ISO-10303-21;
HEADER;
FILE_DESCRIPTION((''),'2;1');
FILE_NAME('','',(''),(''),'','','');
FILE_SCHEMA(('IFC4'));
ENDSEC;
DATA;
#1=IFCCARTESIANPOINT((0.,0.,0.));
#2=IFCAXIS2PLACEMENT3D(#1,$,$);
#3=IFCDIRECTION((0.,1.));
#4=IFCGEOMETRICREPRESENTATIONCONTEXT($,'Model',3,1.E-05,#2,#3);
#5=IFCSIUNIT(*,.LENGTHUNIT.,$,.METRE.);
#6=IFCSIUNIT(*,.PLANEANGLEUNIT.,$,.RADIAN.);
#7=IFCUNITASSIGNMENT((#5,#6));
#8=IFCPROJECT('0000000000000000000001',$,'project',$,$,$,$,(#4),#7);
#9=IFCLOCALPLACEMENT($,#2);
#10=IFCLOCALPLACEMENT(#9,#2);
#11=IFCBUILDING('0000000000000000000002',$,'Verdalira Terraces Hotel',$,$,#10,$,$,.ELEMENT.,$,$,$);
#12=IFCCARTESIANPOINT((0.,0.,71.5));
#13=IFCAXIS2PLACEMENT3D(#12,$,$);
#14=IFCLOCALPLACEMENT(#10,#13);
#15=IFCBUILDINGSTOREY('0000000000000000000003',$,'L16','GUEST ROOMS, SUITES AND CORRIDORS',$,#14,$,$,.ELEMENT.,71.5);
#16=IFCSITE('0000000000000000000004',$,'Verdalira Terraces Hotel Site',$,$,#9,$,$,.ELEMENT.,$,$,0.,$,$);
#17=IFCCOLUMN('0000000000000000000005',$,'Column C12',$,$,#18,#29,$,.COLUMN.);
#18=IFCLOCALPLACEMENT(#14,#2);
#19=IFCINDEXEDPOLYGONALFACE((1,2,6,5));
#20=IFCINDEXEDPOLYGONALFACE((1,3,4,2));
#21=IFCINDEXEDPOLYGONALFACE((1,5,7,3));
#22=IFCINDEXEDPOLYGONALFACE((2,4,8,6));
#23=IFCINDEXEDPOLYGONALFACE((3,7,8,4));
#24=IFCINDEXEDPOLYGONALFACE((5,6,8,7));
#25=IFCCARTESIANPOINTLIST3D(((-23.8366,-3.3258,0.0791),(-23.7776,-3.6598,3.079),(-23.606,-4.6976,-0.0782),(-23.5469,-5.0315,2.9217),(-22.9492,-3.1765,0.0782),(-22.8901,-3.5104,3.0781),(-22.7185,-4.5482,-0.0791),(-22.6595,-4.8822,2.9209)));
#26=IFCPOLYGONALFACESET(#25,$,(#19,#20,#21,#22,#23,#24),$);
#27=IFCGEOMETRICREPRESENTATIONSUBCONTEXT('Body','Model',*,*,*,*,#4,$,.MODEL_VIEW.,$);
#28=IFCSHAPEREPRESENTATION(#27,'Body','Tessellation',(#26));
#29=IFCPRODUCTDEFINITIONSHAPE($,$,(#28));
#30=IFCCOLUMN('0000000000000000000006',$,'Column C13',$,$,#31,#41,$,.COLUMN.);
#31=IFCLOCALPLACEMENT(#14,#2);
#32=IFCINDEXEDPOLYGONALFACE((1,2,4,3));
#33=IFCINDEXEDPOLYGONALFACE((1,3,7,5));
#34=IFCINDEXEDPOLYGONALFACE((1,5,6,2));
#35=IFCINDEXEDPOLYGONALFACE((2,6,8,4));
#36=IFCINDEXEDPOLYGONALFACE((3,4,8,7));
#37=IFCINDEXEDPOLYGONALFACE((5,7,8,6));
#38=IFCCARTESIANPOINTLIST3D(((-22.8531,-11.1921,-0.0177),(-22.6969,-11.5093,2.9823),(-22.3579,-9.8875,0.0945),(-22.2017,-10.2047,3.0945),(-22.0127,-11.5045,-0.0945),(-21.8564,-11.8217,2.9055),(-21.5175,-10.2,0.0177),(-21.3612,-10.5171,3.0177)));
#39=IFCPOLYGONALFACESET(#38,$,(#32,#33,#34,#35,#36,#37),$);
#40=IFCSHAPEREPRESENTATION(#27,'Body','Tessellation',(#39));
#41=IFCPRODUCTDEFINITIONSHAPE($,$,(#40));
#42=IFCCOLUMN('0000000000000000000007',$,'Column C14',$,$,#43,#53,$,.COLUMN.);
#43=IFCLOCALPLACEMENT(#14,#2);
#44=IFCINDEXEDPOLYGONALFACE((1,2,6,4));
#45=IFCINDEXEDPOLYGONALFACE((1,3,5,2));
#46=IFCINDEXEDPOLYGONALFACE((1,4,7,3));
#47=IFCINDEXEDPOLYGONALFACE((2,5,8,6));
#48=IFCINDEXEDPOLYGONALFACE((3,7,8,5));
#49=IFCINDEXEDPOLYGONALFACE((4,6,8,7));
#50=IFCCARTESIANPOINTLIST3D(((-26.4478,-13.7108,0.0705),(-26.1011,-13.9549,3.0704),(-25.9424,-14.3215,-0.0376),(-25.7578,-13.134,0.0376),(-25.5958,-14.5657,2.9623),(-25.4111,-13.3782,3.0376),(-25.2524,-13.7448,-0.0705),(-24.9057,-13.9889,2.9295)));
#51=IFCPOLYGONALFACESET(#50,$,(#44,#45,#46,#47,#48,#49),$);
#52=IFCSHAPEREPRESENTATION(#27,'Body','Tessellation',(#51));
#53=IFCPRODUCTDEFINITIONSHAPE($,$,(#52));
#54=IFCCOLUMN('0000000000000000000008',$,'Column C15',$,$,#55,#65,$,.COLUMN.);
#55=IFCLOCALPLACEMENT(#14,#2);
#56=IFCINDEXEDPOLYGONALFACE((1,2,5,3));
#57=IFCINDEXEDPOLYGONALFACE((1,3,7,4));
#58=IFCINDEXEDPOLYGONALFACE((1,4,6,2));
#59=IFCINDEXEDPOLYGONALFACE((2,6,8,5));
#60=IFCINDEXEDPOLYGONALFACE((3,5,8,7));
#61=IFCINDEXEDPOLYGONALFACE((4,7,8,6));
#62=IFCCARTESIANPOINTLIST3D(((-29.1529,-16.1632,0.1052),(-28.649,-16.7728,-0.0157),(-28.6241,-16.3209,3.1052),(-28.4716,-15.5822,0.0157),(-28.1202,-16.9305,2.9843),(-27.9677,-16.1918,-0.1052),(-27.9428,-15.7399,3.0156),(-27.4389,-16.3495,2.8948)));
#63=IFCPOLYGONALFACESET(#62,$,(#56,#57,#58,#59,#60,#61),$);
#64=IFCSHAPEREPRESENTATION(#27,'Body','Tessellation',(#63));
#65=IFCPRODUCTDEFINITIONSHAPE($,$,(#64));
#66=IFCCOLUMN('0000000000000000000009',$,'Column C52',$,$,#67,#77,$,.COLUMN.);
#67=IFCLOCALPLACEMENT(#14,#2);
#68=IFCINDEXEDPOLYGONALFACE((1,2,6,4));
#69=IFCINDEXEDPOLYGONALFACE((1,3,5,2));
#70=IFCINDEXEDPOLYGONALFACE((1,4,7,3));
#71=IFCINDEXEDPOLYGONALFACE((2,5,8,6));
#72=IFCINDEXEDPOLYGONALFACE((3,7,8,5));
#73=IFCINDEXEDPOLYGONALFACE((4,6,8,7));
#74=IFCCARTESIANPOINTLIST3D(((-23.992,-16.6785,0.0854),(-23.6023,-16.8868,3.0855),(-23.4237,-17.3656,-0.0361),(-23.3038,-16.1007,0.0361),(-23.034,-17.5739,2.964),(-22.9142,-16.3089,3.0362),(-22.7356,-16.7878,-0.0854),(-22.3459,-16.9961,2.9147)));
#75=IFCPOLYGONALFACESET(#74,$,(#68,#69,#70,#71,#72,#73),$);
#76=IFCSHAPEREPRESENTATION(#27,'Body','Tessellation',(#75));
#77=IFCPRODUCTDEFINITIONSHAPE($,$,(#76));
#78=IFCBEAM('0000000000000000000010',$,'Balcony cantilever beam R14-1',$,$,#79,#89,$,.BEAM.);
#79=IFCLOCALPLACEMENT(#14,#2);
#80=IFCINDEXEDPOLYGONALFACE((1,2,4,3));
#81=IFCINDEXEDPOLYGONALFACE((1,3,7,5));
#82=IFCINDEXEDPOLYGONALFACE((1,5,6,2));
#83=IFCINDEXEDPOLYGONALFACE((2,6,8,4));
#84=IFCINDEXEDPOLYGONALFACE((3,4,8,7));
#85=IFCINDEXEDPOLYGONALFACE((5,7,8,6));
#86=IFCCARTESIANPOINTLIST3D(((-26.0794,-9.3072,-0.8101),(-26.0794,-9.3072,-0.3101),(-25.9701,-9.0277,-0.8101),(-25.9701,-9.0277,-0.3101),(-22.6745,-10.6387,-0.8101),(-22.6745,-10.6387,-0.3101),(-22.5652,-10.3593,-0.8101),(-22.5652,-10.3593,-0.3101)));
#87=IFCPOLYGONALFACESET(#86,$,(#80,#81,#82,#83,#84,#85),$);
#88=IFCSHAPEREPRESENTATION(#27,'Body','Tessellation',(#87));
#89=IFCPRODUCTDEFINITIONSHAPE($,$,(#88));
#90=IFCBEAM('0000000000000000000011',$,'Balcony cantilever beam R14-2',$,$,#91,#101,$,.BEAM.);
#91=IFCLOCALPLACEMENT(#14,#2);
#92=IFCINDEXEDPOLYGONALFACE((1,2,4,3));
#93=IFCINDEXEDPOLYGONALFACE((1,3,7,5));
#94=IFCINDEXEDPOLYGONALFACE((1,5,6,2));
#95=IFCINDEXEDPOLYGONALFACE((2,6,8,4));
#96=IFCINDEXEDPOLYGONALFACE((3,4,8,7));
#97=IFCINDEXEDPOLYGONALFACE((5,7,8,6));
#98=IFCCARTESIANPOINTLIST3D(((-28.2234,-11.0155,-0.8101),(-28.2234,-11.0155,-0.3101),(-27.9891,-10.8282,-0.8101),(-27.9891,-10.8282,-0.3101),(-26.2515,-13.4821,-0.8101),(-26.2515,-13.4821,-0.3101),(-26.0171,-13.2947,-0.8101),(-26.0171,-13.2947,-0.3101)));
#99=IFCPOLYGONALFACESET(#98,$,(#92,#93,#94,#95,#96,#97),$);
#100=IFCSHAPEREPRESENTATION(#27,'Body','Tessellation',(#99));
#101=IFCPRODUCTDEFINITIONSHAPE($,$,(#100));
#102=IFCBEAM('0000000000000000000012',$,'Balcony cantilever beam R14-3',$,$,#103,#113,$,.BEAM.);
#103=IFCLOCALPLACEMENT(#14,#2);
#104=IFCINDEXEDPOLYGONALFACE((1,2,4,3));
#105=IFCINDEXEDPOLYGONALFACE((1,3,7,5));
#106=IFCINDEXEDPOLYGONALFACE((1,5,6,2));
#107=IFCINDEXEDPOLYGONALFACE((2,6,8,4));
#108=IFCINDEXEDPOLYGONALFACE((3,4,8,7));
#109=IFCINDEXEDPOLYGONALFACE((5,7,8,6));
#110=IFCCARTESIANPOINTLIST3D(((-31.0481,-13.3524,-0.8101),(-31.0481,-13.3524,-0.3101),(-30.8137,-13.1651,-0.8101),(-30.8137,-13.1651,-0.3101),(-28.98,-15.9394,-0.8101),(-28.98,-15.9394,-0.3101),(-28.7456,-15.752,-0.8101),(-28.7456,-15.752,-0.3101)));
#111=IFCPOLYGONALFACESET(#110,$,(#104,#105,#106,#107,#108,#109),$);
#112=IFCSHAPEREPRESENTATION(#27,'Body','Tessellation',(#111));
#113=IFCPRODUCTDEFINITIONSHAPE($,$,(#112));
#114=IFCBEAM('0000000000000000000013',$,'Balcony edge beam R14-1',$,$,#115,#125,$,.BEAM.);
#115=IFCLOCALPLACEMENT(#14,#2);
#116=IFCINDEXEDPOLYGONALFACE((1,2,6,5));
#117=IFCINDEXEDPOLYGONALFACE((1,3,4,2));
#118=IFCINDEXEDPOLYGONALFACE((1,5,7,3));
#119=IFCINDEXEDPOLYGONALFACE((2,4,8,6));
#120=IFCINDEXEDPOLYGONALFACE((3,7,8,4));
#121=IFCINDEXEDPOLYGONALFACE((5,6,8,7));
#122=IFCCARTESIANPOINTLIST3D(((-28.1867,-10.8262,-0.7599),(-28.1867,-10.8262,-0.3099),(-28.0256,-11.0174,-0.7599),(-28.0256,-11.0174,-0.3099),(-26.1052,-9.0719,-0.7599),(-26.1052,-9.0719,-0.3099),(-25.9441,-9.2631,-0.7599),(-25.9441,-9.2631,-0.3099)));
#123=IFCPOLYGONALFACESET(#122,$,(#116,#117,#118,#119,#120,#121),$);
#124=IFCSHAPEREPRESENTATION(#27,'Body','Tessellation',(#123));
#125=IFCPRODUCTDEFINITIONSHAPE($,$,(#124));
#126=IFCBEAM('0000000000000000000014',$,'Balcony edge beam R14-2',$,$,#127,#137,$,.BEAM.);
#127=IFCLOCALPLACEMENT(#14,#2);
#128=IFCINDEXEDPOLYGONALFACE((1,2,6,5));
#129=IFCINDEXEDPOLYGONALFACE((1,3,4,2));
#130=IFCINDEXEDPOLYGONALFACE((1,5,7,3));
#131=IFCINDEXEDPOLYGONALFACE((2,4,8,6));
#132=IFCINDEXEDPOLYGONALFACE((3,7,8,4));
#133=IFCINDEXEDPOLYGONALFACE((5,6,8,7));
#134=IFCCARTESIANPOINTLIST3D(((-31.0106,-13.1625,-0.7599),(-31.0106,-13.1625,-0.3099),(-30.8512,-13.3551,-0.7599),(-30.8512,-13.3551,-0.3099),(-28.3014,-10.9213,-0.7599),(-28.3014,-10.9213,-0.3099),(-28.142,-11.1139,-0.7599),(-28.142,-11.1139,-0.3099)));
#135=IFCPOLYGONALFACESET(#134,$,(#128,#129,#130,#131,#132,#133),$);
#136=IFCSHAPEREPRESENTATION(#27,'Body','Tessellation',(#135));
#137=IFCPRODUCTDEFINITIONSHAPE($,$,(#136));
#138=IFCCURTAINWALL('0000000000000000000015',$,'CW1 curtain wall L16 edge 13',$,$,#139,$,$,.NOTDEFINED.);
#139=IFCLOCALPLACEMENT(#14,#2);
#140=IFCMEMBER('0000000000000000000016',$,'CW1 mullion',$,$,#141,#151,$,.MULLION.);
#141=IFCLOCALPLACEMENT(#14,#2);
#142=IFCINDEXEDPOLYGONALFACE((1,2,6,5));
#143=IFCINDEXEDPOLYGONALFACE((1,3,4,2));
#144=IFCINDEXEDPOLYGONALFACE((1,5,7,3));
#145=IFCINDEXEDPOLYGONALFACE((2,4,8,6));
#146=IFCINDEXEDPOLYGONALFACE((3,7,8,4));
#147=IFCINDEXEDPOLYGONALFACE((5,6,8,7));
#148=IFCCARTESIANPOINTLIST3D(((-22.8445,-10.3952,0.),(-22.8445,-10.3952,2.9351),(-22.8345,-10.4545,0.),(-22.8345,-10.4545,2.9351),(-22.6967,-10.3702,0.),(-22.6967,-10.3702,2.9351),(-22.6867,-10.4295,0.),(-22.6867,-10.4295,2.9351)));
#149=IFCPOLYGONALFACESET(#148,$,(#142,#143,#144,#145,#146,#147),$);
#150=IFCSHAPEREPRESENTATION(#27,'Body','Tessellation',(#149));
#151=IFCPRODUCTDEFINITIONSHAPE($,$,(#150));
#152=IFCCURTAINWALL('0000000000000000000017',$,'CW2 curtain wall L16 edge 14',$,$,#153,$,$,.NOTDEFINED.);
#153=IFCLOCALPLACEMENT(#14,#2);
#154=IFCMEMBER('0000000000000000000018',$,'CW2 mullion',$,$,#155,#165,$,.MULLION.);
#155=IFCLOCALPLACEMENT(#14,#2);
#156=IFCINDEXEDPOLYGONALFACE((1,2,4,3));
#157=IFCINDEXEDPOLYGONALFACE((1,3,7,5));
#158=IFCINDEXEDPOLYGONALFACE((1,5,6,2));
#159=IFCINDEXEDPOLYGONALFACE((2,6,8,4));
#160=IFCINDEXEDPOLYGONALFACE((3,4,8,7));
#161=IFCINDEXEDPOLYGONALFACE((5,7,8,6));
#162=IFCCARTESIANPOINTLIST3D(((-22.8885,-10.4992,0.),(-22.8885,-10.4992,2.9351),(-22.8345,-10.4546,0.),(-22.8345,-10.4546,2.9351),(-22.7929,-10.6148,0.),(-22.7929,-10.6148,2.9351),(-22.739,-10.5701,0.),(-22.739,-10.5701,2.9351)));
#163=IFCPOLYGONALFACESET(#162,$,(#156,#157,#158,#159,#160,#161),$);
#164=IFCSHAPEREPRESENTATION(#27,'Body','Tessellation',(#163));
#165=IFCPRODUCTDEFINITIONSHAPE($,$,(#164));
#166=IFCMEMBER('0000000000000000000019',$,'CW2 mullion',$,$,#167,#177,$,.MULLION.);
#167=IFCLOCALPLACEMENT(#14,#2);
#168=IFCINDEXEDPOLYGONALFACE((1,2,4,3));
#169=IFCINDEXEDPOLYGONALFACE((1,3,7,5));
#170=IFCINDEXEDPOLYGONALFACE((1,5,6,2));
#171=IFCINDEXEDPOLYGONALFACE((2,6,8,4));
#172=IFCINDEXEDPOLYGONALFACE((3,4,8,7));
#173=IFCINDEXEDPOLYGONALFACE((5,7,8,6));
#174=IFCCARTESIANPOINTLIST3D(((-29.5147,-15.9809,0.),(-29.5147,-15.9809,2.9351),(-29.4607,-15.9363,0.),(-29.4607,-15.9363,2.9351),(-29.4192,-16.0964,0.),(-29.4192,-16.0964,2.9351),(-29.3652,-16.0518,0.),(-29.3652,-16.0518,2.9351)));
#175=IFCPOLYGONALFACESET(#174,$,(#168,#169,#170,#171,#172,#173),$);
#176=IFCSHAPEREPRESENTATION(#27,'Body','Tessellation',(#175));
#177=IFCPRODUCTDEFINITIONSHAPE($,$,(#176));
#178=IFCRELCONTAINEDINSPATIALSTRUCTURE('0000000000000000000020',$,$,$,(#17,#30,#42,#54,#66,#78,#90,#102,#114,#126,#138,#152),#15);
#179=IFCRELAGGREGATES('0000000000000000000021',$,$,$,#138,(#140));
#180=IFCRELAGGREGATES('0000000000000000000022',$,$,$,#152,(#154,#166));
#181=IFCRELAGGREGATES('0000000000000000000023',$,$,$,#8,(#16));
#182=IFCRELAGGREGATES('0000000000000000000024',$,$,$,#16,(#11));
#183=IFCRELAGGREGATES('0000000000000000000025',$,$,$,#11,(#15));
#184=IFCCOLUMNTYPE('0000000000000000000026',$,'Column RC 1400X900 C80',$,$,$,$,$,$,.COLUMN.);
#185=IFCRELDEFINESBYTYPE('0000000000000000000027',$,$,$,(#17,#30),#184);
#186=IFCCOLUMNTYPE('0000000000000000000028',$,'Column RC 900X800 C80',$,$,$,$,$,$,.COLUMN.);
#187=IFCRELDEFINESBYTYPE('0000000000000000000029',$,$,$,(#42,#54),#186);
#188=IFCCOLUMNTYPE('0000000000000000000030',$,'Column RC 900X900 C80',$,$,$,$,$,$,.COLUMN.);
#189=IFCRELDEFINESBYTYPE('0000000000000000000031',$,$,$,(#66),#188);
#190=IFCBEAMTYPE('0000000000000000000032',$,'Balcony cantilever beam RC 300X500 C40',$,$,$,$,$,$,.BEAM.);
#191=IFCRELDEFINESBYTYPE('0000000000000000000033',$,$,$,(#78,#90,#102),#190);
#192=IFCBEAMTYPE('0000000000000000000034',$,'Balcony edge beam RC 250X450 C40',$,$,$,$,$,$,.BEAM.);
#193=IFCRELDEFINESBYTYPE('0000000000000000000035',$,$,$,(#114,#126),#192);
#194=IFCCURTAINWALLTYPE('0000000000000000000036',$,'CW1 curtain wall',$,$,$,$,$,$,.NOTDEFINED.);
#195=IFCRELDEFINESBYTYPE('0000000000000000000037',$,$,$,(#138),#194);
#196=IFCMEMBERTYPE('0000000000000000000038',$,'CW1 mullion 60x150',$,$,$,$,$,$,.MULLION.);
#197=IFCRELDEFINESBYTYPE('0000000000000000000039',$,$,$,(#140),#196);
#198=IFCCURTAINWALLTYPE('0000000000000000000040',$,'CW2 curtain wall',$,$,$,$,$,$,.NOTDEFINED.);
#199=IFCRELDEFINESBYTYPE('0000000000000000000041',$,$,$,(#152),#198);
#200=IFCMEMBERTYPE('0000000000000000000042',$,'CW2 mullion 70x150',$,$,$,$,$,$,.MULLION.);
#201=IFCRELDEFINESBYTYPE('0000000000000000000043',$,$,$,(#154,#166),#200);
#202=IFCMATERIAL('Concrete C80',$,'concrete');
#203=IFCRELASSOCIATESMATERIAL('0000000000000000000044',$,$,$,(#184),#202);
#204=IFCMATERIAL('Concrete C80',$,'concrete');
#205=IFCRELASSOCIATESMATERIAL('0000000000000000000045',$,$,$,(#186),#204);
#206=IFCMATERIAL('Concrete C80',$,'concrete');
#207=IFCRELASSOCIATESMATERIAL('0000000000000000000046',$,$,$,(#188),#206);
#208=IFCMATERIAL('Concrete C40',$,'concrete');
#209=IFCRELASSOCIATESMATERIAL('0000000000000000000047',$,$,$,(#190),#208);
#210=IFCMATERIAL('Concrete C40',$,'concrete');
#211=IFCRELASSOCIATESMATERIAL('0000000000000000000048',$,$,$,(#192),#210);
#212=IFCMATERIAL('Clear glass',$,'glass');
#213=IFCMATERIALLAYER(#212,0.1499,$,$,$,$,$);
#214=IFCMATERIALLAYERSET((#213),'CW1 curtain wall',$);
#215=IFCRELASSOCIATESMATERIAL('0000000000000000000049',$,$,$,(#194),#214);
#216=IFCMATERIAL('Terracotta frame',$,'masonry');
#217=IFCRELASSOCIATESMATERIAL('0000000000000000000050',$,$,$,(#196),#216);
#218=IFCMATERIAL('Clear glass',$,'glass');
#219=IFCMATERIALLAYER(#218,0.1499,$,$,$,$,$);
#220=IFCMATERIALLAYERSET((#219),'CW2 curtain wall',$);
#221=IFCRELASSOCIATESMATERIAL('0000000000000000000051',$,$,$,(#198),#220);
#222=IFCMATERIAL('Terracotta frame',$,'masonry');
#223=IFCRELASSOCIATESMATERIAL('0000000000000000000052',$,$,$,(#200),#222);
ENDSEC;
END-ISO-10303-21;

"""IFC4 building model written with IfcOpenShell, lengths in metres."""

from ifc_helpers import new_model, si_unit, direction, frame, origin, origin_2d, place, context, subcontext, project, spatial, rectangle, extrude, material, layer, layer_set, material_profile, profile_set, type_object, element, aggregate, save


model = new_model("IFC4")

# Units and contexts
model_context = context("Model", 3, precision=1e-05, world=origin(), true_north=direction((0.0, 1.0)))
body_context = subcontext(model_context, "Body", "Model", "MODEL_VIEW")
ifc_project = project(units=[si_unit("LENGTHUNIT", "METRE"), si_unit("PLANEANGLEUNIT", "RADIAN")], contexts=[model_context])

# Site, building, storey
site_placement = place(None, origin())
site = spatial("IfcSite", under=ifc_project, at=site_placement, Name="Verdalira Terraces Hotel Site", CompositionType="ELEMENT", RefElevation=0.0)
building_placement = place(site_placement, origin())
building = spatial("IfcBuilding", under=site, at=building_placement, Name="Verdalira Terraces Hotel", CompositionType="ELEMENT")
storey_placement = place(building_placement, frame((0.0, 0.0, 71.5)))
storey = spatial("IfcBuildingStorey", under=building, at=storey_placement, Name="L16", Description="GUEST ROOMS, SUITES AND CORRIDORS", CompositionType="ELEMENT", Elevation=71.5)

# Columns
ifc_material_1 = material(Name="Concrete C80", Category="concrete")
ifc_material_profile_1 = material_profile(ifc_material_1, rectangle(XDim=1.3999, YDim=0.8999, at=origin_2d()), Name="RC 1400X900")
ifc_profile_set_1 = profile_set([ifc_material_profile_1], Name="Concrete C80")
column_type_1 = type_object("IfcColumnType", Name="Column RC 1400X900 C80", PredefinedType="COLUMN", material=ifc_profile_set_1)
column_1_placement = place(storey_placement, frame((-23.2776, -3.937, 0.0), z_axis=(0.019569, -0.110623, 0.99367), x_axis=(0.164784, -0.979911, -0.112337)))
element("IfcColumn", 1, at=column_1_placement, inside=storey, type_object=column_type_1, Name="Column C12", PredefinedType="COLUMN", context=body_context, shape_type="SweptSolid", body=[
    extrude(rectangle(XDim=1.3999, YDim=0.8999, at=origin_2d()), origin(), (0.0, 0.0, 1.0), 3.019),
])
column_2_placement = place(storey_placement, frame((-22.1853, -10.696, 0.0), z_axis=(0.051725, -0.104986, 0.993128), x_axis=(0.353728, 0.931913, 0.080092)))
element("IfcColumn", 2, at=column_2_placement, inside=storey, type_object=column_type_1, Name="Column C13", PredefinedType="COLUMN", context=body_context, shape_type="SweptSolid", body=[
    extrude(rectangle(XDim=1.3999, YDim=0.8999, at=origin_2d()), origin(), (0.0, 0.0, 1.0), 3.0208),
])
ifc_material_2 = material(Name="Concrete C80", Category="concrete")
ifc_material_profile_2 = material_profile(ifc_material_2, rectangle(XDim=0.8999, YDim=0.8, at=origin_2d()), Name="RC 900X800")
ifc_profile_set_2 = profile_set([ifc_material_profile_2], Name="Concrete C80")
column_type_2 = type_object("IfcColumnType", Name="Column RC 900X800 C80", PredefinedType="COLUMN", material=ifc_profile_set_2)
column_3_placement = place(storey_placement, frame((-25.8501, -13.7278, 0.0), z_axis=(0.114423, -0.080579, 0.990159), x_axis=(-0.766781, -0.640872, 0.036455)))
element("IfcColumn", 3, at=column_3_placement, inside=storey, type_object=column_type_2, Name="Column C14", PredefinedType="COLUMN", context=body_context, shape_type="SweptSolid", body=[
    extrude(rectangle(XDim=0.8999, YDim=0.8, at=origin_2d()), origin(), (0.0, 0.0, 1.0), 3.0298),
])
column_4_placement = place(storey_placement, frame((-28.5603, -16.1775, 0.0), z_axis=(0.173361, -0.051704, 0.9835), x_axis=(-0.757152, -0.645613, 0.099522)))
element("IfcColumn", 4, at=column_4_placement, inside=storey, type_object=column_type_2, Name="Column C15", PredefinedType="COLUMN", context=body_context, shape_type="SweptSolid", body=[
    extrude(rectangle(XDim=0.8999, YDim=0.8, at=origin_2d()), origin(), (0.0, 0.0, 1.0), 3.0503),
])
ifc_material_3 = material(Name="Concrete C80", Category="concrete")
ifc_material_profile_3 = material_profile(ifc_material_3, rectangle(XDim=0.8999, YDim=0.8999, at=origin_2d()), Name="RC 900X900")
ifc_profile_set_3 = profile_set([ifc_material_profile_3], Name="Concrete C80")
column_type_3 = type_object("IfcColumnType", Name="Column RC 900X900 C80", PredefinedType="COLUMN", material=ifc_profile_set_3)
column_5_placement = place(storey_placement, frame((-23.3638, -16.7332, 0.0), z_axis=(0.128497, -0.068677, 0.989329), x_axis=(-0.764681, -0.642079, 0.054748)))
element("IfcColumn", 5, at=column_5_placement, inside=storey, type_object=column_type_3, Name="Column C52", PredefinedType="COLUMN", context=body_context, shape_type="SweptSolid", body=[
    extrude(rectangle(XDim=0.8999, YDim=0.8999, at=origin_2d()), origin(), (0.0, 0.0, 1.0), 3.0325),
])

# Beams
ifc_material_4 = material(Name="Concrete C40", Category="concrete")
ifc_material_profile_4 = material_profile(ifc_material_4, rectangle(XDim=0.3, YDim=0.5, at=origin_2d()), Name="RC 300X500")
ifc_profile_set_4 = profile_set([ifc_material_profile_4], Name="Concrete C40")
beam_type_1 = type_object("IfcBeamType", Name="Balcony cantilever beam RC 300X500 C40", PredefinedType="BEAM", material=ifc_profile_set_4)
beam_1_placement = place(storey_placement, frame((-22.6199, -10.499, -0.5601), z_axis=(-0.931314, 0.364218, 0.0), x_axis=(-0.364218, -0.931314, 0.0)))
element("IfcBeam", 6, at=beam_1_placement, inside=storey, type_object=beam_type_1, Name="Balcony cantilever beam R14-1", PredefinedType="BEAM", context=body_context, shape_type="SweptSolid", body=[
    extrude(rectangle(XDim=0.3, YDim=0.5, at=origin_2d()), origin(), (0.0, 0.0, 1.0), 3.656),
])
beam_2_placement = place(storey_placement, frame((-26.1343, -13.3884, -0.5601), z_axis=(-0.62444, 0.781072, 0.0), x_axis=(-0.781072, -0.62444, 0.0)))
element("IfcBeam", 7, at=beam_2_placement, inside=storey, type_object=beam_type_1, Name="Balcony cantilever beam R14-2", PredefinedType="BEAM", context=body_context, shape_type="SweptSolid", body=[
    extrude(rectangle(XDim=0.3, YDim=0.5, at=origin_2d()), origin(), (0.0, 0.0, 1.0), 3.158),
])
beam_3_placement = place(storey_placement, frame((-28.8628, -15.8457, -0.5601), z_axis=(-0.624434, 0.781077, 0.0), x_axis=(-0.781077, -0.624434, 0.0)))
element("IfcBeam", 8, at=beam_3_placement, inside=storey, type_object=beam_type_1, Name="Balcony cantilever beam R14-3", PredefinedType="BEAM", context=body_context, shape_type="SweptSolid", body=[
    extrude(rectangle(XDim=0.3, YDim=0.5, at=origin_2d()), origin(), (0.0, 0.0, 1.0), 3.312),
])
ifc_material_5 = material(Name="Concrete C40", Category="concrete")
ifc_material_profile_5 = material_profile(ifc_material_5, rectangle(XDim=0.25, YDim=0.45, at=origin_2d()), Name="RC 250X450")
ifc_profile_set_5 = profile_set([ifc_material_profile_5], Name="Concrete C40")
beam_type_2 = type_object("IfcBeamType", Name="Balcony edge beam RC 250X450 C40", PredefinedType="BEAM", material=ifc_profile_set_5)
beam_4_placement = place(storey_placement, frame((-26.0247, -9.1675, -0.5349), z_axis=(-0.764637, -0.644462, 0.0), x_axis=(0.644462, -0.764637, 0.0)))
element("IfcBeam", 9, at=beam_4_placement, inside=storey, type_object=beam_type_2, Name="Balcony edge beam R14-1", PredefinedType="BEAM", context=body_context, shape_type="SweptSolid", body=[
    extrude(rectangle(XDim=0.25, YDim=0.45, at=origin_2d()), origin(), (0.0, 0.0, 1.0), 2.7222),
])
beam_5_placement = place(storey_placement, frame((-28.2217, -11.0176, -0.5349), z_axis=(-0.770521, -0.637414, 0.0), x_axis=(0.637414, -0.770521, 0.0)))
element("IfcBeam", 10, at=beam_5_placement, inside=storey, type_object=beam_type_2, Name="Balcony edge beam R14-2", PredefinedType="BEAM", context=body_context, shape_type="SweptSolid", body=[
    extrude(rectangle(XDim=0.25, YDim=0.45, at=origin_2d()), origin(), (0.0, 0.0, 1.0), 3.5161),
])

# Curtain wall, member
ifc_material_6 = material(Name="Clear glass", Category="glass")
ifc_layer_1 = layer(ifc_material_6, 0.1499)
ifc_layer_set_1 = layer_set([ifc_layer_1], Name="CW1 curtain wall")
curtain_wall_type_1 = type_object("IfcCurtainWallType", Name="CW1 curtain wall", PredefinedType="NOTDEFINED", material=ifc_layer_set_1)
curtain_wall_1_placement = place(storey_placement, origin())
curtain_wall_1 = element("IfcCurtainWall", 11, at=curtain_wall_1_placement, inside=storey, type_object=curtain_wall_type_1, Name="CW1 curtain wall L16 edge 13", PredefinedType="NOTDEFINED")
ifc_material_7 = material(Name="Terracotta frame", Category="masonry")
ifc_material_profile_6 = material_profile(ifc_material_7, rectangle(XDim=0.0601, YDim=0.1499, at=origin_2d()), Name="MU 60x150")
ifc_profile_set_6 = profile_set([ifc_material_profile_6], Name="Terracotta frame")
member_type_1 = type_object("IfcMemberType", Name="CW1 mullion 60x150", PredefinedType="MULLION", material=ifc_profile_set_6)
member_1_placement = place(storey_placement, frame((-22.7656, -10.4124, 0.0), z_axis=(0.0, 0.0, 1.0), x_axis=(0.166769, -0.985996, 0.0)))
member_1 = element("IfcMember", 12, at=member_1_placement, type_object=member_type_1, Name="CW1 mullion", PredefinedType="MULLION", context=body_context, shape_type="SweptSolid", body=[
    extrude(rectangle(XDim=0.0601, YDim=0.1499, at=origin_2d()), origin(), (0.0, 0.0, 1.0), 2.9351),
])

# Curtain wall, members
ifc_material_8 = material(Name="Clear glass", Category="glass")
ifc_layer_2 = layer(ifc_material_8, 0.1499)
ifc_layer_set_2 = layer_set([ifc_layer_2], Name="CW2 curtain wall")
curtain_wall_type_2 = type_object("IfcCurtainWallType", Name="CW2 curtain wall", PredefinedType="NOTDEFINED", material=ifc_layer_set_2)
curtain_wall_2_placement = place(storey_placement, origin())
curtain_wall_2 = element("IfcCurtainWall", 13, at=curtain_wall_2_placement, inside=storey, type_object=curtain_wall_type_2, Name="CW2 curtain wall L16 edge 14", PredefinedType="NOTDEFINED")
ifc_material_9 = material(Name="Terracotta frame", Category="masonry")
ifc_material_profile_7 = material_profile(ifc_material_9, rectangle(XDim=0.0701, YDim=0.1499, at=origin_2d()), Name="MU 70x150")
ifc_profile_set_7 = profile_set([ifc_material_profile_7], Name="Terracotta frame")
member_type_2 = type_object("IfcMemberType", Name="CW2 mullion 70x150", PredefinedType="MULLION", material=ifc_profile_set_7)
member_2_placement = place(storey_placement, frame((-22.8137, -10.5347, 0.0), z_axis=(0.0, 0.0, 1.0), x_axis=(-0.770513, -0.637424, 0.0)))
member_2 = element("IfcMember", 14, at=member_2_placement, type_object=member_type_2, Name="CW2 mullion", PredefinedType="MULLION", context=body_context, shape_type="SweptSolid", body=[
    extrude(rectangle(XDim=0.0701, YDim=0.1499, at=origin_2d()), origin(), (0.0, 0.0, 1.0), 2.9351),
])
member_3_placement = place(storey_placement, frame((-29.4399, -16.0164, 0.0), z_axis=(0.0, 0.0, 1.0), x_axis=(-0.770513, -0.637424, 0.0)))
member_3 = element("IfcMember", 15, at=member_3_placement, type_object=member_type_2, Name="CW2 mullion", PredefinedType="MULLION", context=body_context, shape_type="SweptSolid", body=[
    extrude(rectangle(XDim=0.0701, YDim=0.1499, at=origin_2d()), origin(), (0.0, 0.0, 1.0), 2.9351),
])

aggregate(curtain_wall_1, [member_1])
aggregate(curtain_wall_2, [member_2, member_3])

save(model, "model.ifc")
